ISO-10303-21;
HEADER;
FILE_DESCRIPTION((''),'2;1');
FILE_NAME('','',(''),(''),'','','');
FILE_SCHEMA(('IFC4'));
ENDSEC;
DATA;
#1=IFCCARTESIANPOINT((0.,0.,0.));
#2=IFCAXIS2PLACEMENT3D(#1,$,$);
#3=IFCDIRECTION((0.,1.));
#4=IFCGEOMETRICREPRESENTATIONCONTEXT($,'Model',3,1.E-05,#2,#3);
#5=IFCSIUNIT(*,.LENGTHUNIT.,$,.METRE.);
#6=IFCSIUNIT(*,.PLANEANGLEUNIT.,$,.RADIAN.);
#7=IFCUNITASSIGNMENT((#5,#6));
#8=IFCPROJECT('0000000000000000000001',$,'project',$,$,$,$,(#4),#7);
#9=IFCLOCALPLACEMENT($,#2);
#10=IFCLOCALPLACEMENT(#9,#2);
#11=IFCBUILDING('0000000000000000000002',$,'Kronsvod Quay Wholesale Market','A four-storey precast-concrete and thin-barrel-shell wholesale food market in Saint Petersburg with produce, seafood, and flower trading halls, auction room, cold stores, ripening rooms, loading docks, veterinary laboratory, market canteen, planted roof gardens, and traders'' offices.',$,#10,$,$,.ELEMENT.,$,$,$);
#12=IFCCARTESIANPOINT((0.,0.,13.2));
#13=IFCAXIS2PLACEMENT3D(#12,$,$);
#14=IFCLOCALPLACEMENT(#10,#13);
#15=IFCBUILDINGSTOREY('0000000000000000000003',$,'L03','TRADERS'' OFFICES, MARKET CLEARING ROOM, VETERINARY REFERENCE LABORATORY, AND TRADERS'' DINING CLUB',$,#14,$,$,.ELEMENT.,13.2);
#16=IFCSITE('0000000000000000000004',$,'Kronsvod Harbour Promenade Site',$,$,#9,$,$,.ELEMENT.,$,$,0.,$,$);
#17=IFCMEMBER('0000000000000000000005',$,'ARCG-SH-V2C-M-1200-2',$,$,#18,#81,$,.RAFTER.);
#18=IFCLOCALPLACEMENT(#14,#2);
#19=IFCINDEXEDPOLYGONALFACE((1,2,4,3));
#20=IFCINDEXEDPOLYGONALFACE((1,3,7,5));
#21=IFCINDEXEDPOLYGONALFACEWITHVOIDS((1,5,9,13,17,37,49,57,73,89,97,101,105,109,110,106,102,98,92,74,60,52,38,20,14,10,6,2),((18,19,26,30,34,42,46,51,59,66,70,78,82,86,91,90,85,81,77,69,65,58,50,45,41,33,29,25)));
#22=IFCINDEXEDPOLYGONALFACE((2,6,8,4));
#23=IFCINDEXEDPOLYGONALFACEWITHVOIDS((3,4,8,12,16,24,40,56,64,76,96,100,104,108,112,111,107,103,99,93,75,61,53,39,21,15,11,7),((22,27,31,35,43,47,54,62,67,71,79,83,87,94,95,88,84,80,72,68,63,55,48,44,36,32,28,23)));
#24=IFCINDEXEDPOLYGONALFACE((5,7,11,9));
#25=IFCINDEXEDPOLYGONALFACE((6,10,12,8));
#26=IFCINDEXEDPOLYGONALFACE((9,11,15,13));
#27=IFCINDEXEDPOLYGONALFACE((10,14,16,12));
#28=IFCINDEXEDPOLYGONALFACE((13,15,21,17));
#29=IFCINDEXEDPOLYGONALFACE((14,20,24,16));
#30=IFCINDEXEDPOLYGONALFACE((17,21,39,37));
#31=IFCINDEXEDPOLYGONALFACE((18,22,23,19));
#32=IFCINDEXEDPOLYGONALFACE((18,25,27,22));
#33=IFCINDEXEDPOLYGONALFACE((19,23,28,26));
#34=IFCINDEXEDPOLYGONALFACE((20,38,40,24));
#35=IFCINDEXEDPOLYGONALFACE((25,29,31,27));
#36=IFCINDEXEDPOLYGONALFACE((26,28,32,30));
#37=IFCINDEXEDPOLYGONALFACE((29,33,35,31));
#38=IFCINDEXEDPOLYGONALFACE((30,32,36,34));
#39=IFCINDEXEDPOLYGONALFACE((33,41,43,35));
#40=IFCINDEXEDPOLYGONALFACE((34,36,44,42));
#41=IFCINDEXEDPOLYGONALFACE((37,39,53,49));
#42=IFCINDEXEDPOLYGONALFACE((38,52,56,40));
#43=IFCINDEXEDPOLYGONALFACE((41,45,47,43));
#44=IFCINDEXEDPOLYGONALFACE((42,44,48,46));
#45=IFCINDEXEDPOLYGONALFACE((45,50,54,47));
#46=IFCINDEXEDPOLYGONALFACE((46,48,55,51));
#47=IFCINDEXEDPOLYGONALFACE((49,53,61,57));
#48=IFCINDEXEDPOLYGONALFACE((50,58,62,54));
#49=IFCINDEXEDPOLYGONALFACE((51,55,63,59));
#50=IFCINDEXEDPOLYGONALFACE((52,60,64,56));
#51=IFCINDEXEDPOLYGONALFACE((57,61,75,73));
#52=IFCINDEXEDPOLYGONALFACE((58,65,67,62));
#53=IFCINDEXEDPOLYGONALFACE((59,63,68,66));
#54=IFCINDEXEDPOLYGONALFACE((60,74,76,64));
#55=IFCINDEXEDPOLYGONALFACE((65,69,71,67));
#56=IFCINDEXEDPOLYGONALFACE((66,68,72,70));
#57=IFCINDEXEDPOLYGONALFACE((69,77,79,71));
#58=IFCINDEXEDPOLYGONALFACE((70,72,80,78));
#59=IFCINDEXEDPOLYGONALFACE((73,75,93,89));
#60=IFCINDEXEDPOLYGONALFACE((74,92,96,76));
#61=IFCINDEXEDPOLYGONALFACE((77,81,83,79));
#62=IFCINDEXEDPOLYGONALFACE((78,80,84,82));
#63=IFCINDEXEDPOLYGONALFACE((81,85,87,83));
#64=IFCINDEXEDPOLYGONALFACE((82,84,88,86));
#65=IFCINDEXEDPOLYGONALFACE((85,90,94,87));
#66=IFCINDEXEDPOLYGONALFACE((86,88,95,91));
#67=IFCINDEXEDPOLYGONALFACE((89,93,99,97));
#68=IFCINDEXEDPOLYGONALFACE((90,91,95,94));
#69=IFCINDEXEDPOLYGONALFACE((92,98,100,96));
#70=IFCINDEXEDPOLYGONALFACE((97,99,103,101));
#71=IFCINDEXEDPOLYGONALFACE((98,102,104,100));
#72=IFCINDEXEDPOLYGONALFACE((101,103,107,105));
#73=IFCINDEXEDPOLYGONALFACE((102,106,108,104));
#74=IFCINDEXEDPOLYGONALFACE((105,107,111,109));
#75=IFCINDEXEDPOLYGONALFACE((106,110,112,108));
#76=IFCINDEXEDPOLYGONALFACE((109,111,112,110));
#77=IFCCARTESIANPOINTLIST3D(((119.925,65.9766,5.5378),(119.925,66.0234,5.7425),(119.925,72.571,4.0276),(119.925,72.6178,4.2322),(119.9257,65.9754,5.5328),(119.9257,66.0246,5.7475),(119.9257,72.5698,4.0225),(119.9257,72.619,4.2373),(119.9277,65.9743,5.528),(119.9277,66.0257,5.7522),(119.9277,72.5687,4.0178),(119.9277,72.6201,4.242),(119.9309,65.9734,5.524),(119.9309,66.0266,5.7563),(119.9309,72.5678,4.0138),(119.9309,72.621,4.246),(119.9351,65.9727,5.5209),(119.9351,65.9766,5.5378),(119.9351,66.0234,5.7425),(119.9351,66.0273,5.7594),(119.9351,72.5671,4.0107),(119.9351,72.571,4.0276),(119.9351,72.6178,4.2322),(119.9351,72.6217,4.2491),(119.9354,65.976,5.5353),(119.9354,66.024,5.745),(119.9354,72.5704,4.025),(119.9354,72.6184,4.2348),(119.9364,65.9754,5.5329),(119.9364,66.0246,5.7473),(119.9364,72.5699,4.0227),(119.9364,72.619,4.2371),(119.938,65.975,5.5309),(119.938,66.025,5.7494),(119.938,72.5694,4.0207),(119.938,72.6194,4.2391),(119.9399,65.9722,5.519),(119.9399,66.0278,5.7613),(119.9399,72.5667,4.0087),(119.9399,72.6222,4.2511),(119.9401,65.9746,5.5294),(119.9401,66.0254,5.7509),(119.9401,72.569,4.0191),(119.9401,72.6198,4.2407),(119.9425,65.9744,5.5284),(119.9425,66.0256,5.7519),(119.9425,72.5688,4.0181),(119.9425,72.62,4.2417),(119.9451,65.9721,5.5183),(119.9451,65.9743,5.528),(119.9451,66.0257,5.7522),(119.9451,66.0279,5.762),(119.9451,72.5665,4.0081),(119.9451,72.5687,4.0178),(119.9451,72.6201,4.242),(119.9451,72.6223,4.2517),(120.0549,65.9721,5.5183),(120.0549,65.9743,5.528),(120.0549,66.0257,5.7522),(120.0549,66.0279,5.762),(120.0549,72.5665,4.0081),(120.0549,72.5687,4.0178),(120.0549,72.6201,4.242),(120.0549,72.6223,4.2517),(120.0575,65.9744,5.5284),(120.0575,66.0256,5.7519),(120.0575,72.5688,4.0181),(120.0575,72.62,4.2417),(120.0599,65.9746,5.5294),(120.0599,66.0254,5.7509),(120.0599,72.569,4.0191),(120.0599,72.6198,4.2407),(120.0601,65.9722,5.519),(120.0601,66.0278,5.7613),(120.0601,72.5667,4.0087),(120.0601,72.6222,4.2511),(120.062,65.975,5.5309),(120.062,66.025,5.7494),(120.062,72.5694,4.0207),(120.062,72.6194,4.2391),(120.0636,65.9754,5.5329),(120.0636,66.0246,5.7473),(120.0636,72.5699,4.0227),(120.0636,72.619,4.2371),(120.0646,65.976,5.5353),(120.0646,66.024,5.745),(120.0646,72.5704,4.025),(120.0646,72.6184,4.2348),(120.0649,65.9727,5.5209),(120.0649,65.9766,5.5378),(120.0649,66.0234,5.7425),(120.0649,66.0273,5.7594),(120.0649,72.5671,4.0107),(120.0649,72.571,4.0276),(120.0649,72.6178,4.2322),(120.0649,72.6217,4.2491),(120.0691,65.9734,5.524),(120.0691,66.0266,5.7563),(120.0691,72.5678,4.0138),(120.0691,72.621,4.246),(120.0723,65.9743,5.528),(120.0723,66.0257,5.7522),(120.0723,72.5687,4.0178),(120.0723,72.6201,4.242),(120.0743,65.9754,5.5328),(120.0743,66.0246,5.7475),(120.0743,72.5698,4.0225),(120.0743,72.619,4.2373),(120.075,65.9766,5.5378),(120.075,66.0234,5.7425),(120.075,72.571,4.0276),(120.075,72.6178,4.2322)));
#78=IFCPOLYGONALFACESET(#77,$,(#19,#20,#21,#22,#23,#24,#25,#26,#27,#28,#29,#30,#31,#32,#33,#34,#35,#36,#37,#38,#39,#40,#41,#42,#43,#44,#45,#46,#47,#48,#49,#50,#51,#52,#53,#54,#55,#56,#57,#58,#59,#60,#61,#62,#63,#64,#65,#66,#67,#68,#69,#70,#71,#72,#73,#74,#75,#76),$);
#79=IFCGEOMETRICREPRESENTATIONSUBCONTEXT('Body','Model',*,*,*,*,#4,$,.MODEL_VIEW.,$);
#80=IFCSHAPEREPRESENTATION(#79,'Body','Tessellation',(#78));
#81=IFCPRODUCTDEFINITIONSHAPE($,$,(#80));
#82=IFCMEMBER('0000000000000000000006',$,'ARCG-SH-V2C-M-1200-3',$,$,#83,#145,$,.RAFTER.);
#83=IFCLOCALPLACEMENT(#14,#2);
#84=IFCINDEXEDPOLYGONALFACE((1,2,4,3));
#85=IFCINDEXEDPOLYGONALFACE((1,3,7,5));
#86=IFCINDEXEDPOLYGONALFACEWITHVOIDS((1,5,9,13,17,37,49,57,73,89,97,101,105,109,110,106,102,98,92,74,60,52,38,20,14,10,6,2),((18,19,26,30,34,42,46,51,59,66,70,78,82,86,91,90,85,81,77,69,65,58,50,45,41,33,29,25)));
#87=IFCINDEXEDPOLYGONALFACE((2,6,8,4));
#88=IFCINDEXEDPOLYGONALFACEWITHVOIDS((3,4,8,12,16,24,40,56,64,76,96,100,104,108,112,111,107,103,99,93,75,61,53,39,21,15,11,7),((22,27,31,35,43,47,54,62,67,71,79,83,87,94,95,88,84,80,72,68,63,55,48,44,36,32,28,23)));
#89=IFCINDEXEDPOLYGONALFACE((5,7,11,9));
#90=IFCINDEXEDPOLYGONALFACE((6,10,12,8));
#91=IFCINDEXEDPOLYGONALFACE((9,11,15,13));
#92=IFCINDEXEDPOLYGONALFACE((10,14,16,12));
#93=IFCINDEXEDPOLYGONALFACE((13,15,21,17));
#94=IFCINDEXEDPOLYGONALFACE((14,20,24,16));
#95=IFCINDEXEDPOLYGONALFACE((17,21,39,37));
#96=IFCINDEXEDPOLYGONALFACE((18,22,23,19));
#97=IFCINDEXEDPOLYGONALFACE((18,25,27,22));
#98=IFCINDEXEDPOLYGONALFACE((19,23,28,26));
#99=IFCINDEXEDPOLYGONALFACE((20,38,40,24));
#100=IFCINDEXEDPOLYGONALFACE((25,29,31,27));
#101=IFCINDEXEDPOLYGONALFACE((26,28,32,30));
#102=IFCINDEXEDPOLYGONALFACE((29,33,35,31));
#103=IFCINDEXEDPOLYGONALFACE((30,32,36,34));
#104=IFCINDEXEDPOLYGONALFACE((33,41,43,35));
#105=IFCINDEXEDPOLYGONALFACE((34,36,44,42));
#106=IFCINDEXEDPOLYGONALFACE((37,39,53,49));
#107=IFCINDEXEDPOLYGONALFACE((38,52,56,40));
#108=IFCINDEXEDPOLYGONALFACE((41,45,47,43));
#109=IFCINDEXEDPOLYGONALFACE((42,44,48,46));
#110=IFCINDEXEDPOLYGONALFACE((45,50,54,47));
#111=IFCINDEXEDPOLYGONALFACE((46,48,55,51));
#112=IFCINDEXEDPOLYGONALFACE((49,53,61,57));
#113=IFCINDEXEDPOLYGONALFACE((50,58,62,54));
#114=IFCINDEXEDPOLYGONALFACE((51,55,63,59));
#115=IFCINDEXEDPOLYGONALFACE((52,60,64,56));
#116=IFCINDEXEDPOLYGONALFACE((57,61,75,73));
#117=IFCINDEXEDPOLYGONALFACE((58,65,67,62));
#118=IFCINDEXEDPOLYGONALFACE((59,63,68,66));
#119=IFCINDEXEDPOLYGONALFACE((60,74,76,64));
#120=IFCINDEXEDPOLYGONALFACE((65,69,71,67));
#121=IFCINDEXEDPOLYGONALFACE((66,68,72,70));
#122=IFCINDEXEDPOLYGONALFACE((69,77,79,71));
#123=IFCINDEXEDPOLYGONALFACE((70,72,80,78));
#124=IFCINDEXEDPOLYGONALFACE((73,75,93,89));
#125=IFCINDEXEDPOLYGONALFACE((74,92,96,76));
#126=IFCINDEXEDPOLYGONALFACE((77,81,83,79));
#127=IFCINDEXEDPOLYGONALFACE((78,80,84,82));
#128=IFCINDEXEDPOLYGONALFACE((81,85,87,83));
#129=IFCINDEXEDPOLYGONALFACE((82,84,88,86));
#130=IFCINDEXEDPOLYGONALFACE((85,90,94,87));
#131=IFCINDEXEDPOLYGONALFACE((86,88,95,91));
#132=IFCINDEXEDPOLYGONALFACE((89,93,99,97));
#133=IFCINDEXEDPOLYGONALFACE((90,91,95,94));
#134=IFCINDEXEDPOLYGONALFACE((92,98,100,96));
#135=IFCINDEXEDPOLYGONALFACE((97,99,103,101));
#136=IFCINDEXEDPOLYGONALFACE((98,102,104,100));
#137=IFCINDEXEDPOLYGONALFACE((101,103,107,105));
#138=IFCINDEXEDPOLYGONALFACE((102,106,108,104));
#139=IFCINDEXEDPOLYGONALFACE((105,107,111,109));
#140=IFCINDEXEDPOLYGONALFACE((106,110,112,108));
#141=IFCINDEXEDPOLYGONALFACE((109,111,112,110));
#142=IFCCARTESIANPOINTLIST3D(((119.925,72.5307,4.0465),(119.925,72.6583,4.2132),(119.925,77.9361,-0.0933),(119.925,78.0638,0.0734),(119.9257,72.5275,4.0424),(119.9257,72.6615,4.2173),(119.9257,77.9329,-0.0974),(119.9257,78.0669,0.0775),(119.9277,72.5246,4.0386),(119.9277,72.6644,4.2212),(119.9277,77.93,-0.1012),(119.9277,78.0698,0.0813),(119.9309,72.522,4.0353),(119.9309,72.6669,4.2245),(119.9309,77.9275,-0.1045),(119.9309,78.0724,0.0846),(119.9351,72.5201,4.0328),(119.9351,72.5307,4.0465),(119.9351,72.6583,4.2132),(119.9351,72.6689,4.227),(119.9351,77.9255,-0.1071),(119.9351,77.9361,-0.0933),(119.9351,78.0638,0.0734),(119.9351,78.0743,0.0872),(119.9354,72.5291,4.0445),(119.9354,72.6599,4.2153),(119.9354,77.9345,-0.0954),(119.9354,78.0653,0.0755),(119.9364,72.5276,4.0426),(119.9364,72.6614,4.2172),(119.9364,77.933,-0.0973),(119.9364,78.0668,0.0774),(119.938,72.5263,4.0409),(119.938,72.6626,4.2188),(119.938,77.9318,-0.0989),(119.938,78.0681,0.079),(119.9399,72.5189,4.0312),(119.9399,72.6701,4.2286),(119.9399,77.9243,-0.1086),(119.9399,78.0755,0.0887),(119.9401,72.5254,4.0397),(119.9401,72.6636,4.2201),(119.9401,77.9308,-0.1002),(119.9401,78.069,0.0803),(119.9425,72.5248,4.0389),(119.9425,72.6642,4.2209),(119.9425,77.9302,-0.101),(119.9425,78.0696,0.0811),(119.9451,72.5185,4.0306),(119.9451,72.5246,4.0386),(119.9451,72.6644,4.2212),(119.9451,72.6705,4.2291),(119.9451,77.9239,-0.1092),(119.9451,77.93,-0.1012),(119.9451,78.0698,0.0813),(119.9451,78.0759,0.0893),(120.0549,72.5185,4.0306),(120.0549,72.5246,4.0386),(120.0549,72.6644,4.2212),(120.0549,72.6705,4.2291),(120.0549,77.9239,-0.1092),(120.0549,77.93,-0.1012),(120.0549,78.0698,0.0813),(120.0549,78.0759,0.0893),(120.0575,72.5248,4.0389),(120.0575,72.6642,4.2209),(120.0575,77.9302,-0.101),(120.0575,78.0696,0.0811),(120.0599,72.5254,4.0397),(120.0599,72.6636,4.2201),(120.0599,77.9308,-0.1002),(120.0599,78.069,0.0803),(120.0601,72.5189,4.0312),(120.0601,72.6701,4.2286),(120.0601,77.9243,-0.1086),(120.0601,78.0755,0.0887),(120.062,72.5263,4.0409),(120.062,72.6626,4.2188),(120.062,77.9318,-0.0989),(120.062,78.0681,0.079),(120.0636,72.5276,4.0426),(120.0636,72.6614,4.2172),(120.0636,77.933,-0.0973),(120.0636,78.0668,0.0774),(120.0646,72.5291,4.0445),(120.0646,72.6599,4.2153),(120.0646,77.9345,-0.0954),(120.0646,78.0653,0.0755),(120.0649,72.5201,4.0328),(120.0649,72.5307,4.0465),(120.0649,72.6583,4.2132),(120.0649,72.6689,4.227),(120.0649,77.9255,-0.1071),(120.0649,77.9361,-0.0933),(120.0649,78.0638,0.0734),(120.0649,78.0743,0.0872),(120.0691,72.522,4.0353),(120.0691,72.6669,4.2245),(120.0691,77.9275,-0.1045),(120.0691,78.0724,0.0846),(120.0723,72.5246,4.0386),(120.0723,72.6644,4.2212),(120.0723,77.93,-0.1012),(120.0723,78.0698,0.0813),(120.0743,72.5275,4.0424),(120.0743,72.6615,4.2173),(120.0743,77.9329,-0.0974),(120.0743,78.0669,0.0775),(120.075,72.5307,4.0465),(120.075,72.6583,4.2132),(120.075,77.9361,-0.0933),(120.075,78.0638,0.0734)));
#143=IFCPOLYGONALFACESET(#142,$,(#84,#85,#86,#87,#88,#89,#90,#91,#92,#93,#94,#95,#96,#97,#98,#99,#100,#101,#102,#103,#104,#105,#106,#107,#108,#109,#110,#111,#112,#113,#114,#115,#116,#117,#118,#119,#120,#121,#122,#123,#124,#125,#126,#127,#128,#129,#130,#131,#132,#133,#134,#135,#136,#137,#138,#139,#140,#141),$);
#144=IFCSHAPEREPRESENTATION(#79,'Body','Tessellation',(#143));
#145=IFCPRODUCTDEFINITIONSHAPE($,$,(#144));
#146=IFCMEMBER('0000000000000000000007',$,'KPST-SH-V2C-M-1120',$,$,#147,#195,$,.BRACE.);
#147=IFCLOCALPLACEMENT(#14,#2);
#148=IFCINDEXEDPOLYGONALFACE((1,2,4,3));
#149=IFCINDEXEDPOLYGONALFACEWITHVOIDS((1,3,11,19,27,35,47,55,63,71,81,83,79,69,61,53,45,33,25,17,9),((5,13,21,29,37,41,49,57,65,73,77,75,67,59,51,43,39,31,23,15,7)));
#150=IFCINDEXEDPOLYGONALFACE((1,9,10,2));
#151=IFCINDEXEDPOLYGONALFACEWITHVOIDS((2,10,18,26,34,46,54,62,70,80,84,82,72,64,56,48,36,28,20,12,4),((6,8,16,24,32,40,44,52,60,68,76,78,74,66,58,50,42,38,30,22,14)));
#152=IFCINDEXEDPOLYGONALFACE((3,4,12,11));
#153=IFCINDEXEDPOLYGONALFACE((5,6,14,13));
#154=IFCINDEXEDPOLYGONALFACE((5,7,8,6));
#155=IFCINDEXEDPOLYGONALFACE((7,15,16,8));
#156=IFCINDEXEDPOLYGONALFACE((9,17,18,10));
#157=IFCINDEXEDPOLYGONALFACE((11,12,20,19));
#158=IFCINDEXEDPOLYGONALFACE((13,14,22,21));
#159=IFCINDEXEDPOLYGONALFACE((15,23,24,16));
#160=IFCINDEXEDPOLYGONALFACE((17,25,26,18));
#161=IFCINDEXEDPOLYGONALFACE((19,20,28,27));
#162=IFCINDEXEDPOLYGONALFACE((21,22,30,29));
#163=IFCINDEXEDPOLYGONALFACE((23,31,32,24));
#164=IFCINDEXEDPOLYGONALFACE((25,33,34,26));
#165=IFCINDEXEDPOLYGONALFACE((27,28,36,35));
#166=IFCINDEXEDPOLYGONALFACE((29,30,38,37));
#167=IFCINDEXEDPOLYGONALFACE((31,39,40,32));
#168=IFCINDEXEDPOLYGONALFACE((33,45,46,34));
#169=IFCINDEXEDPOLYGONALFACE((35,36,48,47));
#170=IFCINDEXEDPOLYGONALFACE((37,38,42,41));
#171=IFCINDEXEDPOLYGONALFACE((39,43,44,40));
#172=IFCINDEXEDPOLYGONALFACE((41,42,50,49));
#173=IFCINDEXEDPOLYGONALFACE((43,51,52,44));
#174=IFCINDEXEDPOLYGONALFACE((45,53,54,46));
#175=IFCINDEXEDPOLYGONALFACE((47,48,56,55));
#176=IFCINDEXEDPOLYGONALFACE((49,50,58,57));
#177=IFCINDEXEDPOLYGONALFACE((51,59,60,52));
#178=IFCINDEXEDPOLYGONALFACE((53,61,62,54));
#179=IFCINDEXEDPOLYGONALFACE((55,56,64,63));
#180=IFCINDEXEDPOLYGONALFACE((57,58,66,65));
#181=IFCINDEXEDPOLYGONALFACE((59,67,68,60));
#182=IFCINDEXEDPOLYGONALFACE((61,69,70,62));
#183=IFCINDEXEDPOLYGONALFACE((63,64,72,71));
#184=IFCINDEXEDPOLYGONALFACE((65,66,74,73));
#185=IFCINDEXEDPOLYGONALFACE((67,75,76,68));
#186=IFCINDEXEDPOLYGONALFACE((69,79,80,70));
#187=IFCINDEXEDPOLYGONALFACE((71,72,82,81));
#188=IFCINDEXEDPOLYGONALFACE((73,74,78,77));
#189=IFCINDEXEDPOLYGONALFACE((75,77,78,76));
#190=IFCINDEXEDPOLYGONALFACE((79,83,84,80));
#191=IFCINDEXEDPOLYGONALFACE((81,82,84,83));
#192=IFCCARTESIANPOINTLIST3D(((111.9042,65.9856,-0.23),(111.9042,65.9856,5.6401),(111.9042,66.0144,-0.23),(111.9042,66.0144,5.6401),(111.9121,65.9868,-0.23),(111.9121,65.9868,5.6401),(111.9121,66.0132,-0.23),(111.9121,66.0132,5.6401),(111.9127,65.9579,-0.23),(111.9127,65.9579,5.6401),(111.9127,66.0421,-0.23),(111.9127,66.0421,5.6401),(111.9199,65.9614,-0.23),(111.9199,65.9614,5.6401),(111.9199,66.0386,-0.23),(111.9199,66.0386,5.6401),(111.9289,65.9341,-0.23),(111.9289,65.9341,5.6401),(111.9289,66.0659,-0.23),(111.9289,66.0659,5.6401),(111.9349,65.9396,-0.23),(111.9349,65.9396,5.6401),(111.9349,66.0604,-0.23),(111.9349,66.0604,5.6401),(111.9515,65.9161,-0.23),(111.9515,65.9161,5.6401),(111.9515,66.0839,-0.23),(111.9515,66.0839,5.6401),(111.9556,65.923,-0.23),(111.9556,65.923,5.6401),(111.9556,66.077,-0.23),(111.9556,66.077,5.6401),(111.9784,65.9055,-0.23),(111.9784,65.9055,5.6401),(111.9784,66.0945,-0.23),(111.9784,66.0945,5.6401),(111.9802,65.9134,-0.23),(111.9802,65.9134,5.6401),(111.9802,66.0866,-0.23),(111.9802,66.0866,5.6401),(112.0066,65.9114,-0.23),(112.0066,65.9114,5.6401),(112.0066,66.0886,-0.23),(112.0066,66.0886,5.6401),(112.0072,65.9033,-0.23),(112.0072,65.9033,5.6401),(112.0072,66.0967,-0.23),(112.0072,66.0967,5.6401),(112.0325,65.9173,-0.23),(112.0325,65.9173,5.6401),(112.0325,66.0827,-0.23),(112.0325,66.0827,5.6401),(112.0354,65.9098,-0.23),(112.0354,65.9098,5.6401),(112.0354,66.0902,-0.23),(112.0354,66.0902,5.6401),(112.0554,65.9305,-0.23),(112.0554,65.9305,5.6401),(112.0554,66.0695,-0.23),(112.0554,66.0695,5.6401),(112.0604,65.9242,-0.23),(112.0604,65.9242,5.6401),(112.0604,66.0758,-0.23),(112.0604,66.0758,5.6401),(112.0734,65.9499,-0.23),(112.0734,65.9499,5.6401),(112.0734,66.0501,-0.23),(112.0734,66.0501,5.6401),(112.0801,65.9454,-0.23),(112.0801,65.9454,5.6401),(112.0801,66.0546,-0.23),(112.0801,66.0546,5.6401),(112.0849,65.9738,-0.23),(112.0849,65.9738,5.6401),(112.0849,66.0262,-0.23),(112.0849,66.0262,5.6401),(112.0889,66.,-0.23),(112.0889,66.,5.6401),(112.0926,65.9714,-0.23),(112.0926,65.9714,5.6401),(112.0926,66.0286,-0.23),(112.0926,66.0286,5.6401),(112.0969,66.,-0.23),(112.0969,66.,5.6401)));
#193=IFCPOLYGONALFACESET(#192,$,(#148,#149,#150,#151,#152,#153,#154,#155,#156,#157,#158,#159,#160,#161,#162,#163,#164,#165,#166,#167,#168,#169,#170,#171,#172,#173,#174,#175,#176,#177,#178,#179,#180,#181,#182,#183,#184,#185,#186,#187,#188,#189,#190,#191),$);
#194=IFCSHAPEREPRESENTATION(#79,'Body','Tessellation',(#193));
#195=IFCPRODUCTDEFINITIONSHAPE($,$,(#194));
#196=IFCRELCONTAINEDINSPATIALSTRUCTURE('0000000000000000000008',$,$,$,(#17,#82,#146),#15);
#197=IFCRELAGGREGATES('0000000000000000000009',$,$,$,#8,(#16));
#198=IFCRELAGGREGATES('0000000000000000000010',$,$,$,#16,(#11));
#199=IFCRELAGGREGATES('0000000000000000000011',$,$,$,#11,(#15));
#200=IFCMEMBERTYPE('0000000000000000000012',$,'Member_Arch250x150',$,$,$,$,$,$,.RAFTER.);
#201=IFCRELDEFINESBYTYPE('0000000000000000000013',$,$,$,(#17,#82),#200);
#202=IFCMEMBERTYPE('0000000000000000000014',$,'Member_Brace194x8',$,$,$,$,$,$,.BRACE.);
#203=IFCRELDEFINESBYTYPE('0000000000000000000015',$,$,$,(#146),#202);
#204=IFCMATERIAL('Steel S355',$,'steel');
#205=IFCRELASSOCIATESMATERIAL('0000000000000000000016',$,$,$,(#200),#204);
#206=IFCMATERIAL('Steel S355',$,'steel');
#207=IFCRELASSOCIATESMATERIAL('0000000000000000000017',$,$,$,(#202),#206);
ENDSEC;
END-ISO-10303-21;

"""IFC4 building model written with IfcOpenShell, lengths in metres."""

from ifc_helpers import new_model, si_unit, direction, frame, origin, origin_2d, place, context, subcontext, project, spatial, hollow_rectangle, hollow_circle, extrude, material, material_profile, profile_set, type_object, element, save


model = new_model("IFC4")

# Units and contexts
model_context = context("Model", 3, precision=1e-05, world=origin(), true_north=direction((0.0, 1.0)))
body_context = subcontext(model_context, "Body", "Model", "MODEL_VIEW")
ifc_project = project(units=[si_unit("LENGTHUNIT", "METRE"), si_unit("PLANEANGLEUNIT", "RADIAN")], contexts=[model_context])

# Site, building, storey
site_placement = place(None, origin())
site = spatial("IfcSite", under=ifc_project, at=site_placement, Name="Kronsvod Harbour Promenade Site", CompositionType="ELEMENT", RefElevation=0.0)
building_placement = place(site_placement, origin())
building = spatial("IfcBuilding", under=site, at=building_placement, Name="Kronsvod Quay Wholesale Market", Description="A four-storey precast-concrete and thin-barrel-shell wholesale food market in Saint Petersburg with produce, seafood, and flower trading halls, auction room, cold stores, ripening rooms, loading docks, veterinary laboratory, market canteen, planted roof gardens, and traders' offices.", CompositionType="ELEMENT")
storey_placement = place(building_placement, frame((0.0, 0.0, 13.2)))
storey = spatial("IfcBuildingStorey", under=building, at=storey_placement, Name="L03", Description="TRADERS' OFFICES, MARKET CLEARING ROOM, VETERINARY REFERENCE LABORATORY, AND TRADERS' DINING CLUB", CompositionType="ELEMENT", Elevation=13.2)

# Members
ifc_material_1 = material(Name="Steel S355", Category="steel")
ifc_material_profile_1 = material_profile(ifc_material_1, hollow_rectangle(XDim=0.1499, YDim=0.25, WallThickness=0.01, InnerFilletRadius=0.01, OuterFilletRadius=0.02, at=origin_2d()), Name="RHS250x150x10")
ifc_profile_set_1 = profile_set([ifc_material_profile_1], Name="Steel S355")
member_type_1 = type_object("IfcMemberType", Name="Member_Arch250x150", PredefinedType="RAFTER", material=ifc_profile_set_1)
member_1_placement = place(storey_placement, frame((120.0, 66.0, 5.6401), z_axis=(0.0, 0.974764, -0.223238), x_axis=(-1.0, 0.0, 0.0)))
element("IfcMember", 1, at=member_1_placement, inside=storey, type_object=member_type_1, Name="ARCG-SH-V2C-M-1200-2", PredefinedType="RAFTER", context=body_context, shape_type="SweptSolid", body=[
    extrude(hollow_rectangle(XDim=0.1499, YDim=0.25, WallThickness=0.01, InnerFilletRadius=0.01, OuterFilletRadius=0.02, at=origin_2d()), origin(), (0.0, 0.0, 1.0), 6.7651),
])
member_2_placement = place(storey_placement, frame((120.0, 72.5945, 4.1299), z_axis=(0.0, 0.793914, -0.60803), x_axis=(-1.0, 0.0, 0.0)))
element("IfcMember", 2, at=member_2_placement, inside=storey, type_object=member_type_1, Name="ARCG-SH-V2C-M-1200-3", PredefinedType="RAFTER", context=body_context, shape_type="SweptSolid", body=[
    extrude(hollow_rectangle(XDim=0.1499, YDim=0.25, WallThickness=0.01, InnerFilletRadius=0.01, OuterFilletRadius=0.02, at=origin_2d()), origin(), (0.0, 0.0, 1.0), 6.8086),
])
ifc_material_2 = material(Name="Steel S355", Category="steel")
ifc_material_profile_2 = material_profile(ifc_material_2, hollow_circle(Radius=0.0969, WallThickness=0.0081, at=origin_2d()), Name="CHS194x8")
ifc_profile_set_2 = profile_set([ifc_material_profile_2], Name="Steel S355")
member_type_2 = type_object("IfcMemberType", Name="Member_Brace194x8", PredefinedType="BRACE", material=ifc_profile_set_2)
for number, where, z_axis, x_axis, name in (
    (3, (112.0, 66.0, -0.23), (0.0, 0.0, 1.0), (1.0, 0.0, 0.0), "KPST-SH-V2C-M-1120"),
):
    element("IfcMember", number, at=place(storey_placement, frame(where, z_axis=z_axis, x_axis=x_axis)), inside=storey, type_object=member_type_2, Name=name, PredefinedType="BRACE", context=body_context, shape_type="SweptSolid", body=[
        extrude(hollow_circle(Radius=0.0969, WallThickness=0.0081, at=origin_2d()), origin(), (0.0, 0.0, 1.0), 5.8701),
    ])

save(model, "model.ifc")
